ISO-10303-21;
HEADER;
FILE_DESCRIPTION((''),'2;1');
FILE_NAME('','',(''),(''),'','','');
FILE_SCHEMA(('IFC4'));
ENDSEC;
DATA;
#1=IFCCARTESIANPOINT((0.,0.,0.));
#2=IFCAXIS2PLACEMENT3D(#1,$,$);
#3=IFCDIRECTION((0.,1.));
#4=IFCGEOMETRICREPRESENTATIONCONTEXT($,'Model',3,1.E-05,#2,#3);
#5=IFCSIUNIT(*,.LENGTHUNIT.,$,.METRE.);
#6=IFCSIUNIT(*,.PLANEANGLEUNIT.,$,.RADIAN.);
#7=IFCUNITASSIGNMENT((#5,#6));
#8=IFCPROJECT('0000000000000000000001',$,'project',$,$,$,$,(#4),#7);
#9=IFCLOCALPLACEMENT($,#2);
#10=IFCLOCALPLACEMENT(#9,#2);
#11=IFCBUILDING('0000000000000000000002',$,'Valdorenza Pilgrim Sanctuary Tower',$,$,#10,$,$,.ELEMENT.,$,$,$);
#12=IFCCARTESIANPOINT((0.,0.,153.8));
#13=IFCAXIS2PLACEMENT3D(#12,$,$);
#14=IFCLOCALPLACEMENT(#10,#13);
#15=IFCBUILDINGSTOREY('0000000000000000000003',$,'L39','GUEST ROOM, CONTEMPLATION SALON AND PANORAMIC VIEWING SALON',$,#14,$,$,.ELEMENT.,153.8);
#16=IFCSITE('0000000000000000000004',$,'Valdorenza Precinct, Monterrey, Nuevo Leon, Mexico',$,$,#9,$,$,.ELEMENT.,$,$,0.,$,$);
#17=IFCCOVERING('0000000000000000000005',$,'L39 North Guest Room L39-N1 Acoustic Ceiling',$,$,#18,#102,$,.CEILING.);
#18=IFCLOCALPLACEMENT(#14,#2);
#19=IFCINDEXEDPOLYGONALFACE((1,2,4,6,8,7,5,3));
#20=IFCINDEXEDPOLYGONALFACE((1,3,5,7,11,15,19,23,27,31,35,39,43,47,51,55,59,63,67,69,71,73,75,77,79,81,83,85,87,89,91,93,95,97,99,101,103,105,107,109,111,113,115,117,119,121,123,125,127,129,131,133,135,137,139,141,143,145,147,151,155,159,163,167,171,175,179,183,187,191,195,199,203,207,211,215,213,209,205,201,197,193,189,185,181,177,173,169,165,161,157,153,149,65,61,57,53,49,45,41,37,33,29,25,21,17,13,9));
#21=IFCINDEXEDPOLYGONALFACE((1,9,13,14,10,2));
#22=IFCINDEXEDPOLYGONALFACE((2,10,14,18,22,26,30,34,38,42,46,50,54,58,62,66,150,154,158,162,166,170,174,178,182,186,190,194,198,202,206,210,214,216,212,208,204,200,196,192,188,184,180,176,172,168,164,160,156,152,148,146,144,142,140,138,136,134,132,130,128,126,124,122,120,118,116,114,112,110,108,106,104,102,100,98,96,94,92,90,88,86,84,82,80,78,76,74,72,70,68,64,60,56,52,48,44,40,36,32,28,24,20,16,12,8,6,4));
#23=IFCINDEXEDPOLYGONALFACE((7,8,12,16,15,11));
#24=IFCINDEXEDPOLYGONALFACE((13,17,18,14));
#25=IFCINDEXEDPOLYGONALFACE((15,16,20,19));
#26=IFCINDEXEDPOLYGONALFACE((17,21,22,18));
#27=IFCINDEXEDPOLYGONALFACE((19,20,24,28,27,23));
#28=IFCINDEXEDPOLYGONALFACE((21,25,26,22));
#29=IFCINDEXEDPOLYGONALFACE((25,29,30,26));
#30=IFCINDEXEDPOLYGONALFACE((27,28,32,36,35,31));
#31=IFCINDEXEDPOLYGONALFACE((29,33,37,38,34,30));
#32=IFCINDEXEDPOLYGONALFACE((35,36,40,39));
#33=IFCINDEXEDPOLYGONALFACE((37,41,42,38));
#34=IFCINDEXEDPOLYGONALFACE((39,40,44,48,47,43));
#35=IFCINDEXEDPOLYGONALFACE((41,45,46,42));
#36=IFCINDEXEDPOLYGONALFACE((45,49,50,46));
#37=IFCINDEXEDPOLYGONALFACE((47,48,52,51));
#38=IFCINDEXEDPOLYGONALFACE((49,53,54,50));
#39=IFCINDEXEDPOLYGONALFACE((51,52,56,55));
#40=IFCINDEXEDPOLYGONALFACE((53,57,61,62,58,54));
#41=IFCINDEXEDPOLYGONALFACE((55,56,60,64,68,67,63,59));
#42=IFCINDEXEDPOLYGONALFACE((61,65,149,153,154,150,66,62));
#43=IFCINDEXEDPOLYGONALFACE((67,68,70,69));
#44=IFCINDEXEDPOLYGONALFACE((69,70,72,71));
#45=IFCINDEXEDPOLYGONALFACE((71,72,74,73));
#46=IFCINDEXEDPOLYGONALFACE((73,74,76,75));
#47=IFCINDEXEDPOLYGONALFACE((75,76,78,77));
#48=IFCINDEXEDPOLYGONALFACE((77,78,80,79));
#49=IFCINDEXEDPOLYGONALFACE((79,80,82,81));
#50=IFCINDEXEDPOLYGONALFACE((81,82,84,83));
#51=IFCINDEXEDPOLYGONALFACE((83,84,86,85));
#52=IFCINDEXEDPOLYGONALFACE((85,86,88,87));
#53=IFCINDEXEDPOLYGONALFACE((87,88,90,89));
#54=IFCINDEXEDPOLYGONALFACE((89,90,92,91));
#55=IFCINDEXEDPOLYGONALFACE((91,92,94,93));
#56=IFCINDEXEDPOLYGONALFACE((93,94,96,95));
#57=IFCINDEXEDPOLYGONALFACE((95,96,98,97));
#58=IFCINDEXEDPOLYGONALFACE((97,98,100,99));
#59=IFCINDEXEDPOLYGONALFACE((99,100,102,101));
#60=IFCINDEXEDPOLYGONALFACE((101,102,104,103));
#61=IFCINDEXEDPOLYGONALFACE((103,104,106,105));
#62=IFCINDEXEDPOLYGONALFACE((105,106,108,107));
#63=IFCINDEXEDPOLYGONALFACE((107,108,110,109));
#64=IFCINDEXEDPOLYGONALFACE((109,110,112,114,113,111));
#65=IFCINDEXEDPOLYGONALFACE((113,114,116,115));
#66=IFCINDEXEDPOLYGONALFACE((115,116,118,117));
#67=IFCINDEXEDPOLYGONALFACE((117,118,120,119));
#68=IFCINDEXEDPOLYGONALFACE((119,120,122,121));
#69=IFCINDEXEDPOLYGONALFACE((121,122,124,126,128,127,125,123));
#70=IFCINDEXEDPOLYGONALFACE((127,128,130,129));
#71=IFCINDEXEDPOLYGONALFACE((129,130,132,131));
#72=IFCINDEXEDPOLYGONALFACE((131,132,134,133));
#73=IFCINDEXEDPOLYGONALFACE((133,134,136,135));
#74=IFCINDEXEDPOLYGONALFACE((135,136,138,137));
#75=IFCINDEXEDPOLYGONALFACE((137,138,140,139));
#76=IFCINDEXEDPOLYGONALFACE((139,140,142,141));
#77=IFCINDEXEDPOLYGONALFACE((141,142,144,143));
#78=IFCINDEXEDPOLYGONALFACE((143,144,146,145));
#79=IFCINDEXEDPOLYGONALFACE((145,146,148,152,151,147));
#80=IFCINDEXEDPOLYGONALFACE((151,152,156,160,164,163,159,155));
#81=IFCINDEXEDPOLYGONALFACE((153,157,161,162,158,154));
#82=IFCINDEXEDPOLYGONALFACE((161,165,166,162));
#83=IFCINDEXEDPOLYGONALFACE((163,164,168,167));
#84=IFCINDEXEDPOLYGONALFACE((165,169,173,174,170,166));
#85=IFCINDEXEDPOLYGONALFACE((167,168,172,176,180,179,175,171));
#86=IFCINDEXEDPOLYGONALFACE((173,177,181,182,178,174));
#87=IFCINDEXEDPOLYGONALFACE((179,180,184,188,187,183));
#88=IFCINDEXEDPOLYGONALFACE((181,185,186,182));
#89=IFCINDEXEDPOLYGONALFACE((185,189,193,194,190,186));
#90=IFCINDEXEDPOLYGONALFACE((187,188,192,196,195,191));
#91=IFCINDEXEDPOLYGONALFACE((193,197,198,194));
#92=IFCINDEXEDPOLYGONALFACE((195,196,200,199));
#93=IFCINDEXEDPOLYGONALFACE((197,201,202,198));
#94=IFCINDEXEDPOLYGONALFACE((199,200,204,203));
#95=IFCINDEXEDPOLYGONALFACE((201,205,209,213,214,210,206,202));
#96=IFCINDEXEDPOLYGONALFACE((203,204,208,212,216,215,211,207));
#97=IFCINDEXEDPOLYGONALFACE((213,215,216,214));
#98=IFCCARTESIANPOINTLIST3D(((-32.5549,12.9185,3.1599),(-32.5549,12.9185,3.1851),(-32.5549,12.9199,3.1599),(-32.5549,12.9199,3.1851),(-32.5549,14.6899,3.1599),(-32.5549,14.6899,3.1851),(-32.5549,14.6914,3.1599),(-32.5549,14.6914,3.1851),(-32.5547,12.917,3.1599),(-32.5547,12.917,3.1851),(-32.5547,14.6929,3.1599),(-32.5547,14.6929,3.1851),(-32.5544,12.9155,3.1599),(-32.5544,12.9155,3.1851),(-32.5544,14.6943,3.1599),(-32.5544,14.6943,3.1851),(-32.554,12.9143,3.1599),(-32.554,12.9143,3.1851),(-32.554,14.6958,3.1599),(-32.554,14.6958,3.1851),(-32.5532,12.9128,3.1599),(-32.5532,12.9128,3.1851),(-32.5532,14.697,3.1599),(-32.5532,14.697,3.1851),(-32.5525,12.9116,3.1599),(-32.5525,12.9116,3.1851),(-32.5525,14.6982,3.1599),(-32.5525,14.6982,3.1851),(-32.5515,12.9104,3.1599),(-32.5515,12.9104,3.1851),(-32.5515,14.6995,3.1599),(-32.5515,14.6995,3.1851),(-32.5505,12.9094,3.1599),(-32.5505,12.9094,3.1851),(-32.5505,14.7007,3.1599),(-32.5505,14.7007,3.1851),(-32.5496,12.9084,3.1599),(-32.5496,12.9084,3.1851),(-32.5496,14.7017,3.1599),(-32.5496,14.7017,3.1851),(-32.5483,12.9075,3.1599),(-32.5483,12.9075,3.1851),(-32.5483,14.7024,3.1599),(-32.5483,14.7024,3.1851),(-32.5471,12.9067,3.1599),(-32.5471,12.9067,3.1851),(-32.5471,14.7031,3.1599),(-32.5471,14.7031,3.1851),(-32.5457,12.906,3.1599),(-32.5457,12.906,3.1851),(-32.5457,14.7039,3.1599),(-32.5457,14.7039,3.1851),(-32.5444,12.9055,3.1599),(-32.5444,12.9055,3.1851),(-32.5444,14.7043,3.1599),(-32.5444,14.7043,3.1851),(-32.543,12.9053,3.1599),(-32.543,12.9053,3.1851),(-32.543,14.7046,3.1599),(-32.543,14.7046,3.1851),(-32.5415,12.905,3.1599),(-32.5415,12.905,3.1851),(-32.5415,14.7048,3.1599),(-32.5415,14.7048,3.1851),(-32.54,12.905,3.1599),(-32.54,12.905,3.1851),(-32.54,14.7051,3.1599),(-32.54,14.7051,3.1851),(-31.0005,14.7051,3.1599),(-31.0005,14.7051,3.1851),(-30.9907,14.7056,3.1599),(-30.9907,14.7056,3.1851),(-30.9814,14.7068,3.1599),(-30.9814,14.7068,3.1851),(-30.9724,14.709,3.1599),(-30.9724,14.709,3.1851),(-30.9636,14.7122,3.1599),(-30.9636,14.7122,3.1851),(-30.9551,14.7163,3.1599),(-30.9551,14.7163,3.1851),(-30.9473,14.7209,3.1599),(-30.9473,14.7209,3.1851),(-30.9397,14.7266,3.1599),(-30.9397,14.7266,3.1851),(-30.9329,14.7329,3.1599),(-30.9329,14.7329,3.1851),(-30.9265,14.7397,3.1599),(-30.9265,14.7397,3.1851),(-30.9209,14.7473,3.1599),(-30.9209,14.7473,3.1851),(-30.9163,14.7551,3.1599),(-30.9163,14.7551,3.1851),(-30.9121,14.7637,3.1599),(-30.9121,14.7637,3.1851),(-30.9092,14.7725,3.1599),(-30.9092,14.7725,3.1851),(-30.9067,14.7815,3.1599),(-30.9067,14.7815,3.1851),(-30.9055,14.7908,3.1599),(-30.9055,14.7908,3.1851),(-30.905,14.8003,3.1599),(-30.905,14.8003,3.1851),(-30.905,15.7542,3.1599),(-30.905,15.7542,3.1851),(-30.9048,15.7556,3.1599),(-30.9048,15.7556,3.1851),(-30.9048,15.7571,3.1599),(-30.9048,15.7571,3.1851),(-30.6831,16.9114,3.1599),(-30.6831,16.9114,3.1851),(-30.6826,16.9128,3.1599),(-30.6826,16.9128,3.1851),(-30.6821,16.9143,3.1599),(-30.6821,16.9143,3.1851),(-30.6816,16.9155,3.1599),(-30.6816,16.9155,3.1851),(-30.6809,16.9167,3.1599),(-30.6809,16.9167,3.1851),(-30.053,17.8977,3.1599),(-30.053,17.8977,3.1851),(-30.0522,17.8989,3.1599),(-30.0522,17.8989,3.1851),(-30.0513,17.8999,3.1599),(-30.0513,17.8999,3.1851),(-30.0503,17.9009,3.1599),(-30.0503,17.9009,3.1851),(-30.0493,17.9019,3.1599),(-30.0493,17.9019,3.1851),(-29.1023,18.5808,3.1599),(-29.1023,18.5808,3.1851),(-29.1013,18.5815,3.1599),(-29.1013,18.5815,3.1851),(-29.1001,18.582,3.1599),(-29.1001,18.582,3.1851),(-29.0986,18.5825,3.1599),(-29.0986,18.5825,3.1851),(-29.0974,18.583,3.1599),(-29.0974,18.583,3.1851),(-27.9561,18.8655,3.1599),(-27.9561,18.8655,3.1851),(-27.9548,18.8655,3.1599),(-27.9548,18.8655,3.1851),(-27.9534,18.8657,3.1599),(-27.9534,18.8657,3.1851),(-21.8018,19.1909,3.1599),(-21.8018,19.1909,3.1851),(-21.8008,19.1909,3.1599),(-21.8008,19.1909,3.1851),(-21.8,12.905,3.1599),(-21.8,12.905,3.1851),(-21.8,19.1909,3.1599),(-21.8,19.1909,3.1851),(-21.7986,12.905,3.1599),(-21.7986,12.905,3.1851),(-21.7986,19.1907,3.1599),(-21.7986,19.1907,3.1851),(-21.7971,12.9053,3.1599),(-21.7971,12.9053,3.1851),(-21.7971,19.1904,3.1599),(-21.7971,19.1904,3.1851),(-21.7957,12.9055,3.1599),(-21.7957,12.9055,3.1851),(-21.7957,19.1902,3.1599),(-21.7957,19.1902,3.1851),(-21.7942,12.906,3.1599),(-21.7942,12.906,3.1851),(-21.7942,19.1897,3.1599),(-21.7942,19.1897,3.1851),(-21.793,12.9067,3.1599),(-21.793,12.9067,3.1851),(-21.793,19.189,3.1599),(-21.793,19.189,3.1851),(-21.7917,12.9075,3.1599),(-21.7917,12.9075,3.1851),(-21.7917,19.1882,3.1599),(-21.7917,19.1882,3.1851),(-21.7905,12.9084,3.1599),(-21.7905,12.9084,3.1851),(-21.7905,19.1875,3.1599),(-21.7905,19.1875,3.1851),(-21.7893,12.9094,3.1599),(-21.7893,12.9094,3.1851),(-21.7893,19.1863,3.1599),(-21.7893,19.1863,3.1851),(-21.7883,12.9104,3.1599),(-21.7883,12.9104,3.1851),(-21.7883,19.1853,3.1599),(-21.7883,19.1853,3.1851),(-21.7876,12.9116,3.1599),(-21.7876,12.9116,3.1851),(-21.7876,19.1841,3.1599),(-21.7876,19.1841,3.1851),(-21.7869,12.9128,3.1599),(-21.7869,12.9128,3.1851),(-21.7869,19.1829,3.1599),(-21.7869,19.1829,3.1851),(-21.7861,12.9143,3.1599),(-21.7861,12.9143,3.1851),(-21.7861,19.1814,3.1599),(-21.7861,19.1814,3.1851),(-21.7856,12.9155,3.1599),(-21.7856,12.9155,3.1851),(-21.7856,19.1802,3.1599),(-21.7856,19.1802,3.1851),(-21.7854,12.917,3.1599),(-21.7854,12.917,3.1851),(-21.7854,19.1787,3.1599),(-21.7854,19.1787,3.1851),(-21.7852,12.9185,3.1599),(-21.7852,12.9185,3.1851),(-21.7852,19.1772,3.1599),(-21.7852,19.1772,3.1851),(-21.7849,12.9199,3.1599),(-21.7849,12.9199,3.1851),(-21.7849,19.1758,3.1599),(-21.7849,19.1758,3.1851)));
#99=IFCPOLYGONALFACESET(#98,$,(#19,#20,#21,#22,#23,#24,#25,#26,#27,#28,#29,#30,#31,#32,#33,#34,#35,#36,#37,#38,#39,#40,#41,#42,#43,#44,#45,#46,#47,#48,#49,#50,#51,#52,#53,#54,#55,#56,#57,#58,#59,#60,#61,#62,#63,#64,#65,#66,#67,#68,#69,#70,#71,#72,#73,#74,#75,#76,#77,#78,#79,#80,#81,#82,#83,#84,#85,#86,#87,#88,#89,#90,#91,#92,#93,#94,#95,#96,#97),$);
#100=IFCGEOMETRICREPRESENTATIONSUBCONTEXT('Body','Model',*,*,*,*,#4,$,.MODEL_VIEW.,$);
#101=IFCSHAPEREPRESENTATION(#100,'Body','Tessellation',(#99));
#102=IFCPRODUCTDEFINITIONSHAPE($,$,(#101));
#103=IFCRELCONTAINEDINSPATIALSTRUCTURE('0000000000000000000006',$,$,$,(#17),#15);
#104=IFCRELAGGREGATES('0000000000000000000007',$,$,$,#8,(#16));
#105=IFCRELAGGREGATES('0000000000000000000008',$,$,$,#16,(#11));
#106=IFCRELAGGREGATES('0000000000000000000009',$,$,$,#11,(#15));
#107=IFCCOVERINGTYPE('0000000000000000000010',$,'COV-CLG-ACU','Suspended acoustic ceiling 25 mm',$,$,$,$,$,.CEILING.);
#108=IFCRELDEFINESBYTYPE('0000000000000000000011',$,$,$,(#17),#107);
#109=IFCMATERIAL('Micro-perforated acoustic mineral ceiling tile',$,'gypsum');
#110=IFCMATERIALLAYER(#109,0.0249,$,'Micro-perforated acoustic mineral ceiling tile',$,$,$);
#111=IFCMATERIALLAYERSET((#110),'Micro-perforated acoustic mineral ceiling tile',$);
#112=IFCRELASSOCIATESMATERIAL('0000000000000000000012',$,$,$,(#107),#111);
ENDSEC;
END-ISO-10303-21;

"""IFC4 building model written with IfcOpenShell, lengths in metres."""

from ifc_helpers import new_model, si_unit, direction, frame, origin, place, context, subcontext, project, spatial, polyline, outline, extrude, material, layer, layer_set, type_object, element, save


model = new_model("IFC4")

# Units and contexts
model_context = context("Model", 3, precision=1e-05, world=origin(), true_north=direction((0.0, 1.0)))
body_context = subcontext(model_context, "Body", "Model", "MODEL_VIEW")
ifc_project = project(units=[si_unit("LENGTHUNIT", "METRE"), si_unit("PLANEANGLEUNIT", "RADIAN")], contexts=[model_context])

# Site, building, storey
site_placement = place(None, origin())
site = spatial("IfcSite", under=ifc_project, at=site_placement, Name="Valdorenza Precinct, Monterrey, Nuevo Leon, Mexico", CompositionType="ELEMENT", RefElevation=0.0)
building_placement = place(site_placement, origin())
building = spatial("IfcBuilding", under=site, at=building_placement, Name="Valdorenza Pilgrim Sanctuary Tower", CompositionType="ELEMENT")
storey_placement = place(building_placement, frame((0.0, 0.0, 153.8)))
storey = spatial("IfcBuildingStorey", under=building, at=storey_placement, Name="L39", Description="GUEST ROOM, CONTEMPLATION SALON AND PANORAMIC VIEWING SALON", CompositionType="ELEMENT", Elevation=153.8)

# Covering
ifc_material_1 = material(Name="Micro-perforated acoustic mineral ceiling tile", Category="gypsum")
ifc_layer_1 = layer(ifc_material_1, 0.0249, Name="Micro-perforated acoustic mineral ceiling tile")
ifc_layer_set_1 = layer_set([ifc_layer_1], Name="Micro-perforated acoustic mineral ceiling tile")
covering_type_1 = type_object("IfcCoveringType", Name="COV-CLG-ACU", Description="Suspended acoustic ceiling 25 mm", PredefinedType="CEILING", material=ifc_layer_set_1)
covering_1_placement = place(storey_placement, frame((0.0, 0.0, 3.1599)))
element("IfcCovering", 1, at=covering_1_placement, inside=storey, type_object=covering_type_1, Name="L39 North Guest Room L39-N1 Acoustic Ceiling", PredefinedType="CEILING", context=body_context, shape_type="SweptSolid", body=[
    extrude(outline(polyline([(-31.0005, 14.7051), (-30.9907, 14.7056), (-30.9814, 14.7068), (-30.9724, 14.709), (-30.9636, 14.7122), (-30.9551, 14.7163), (-30.9473, 14.7209), (-30.9397, 14.7266), (-30.9329, 14.7329), (-30.9265, 14.7397), (-30.9209, 14.7473), (-30.9163, 14.7551), (-30.9121, 14.7637), (-30.9092, 14.7725), (-30.9067, 14.7815), (-30.9055, 14.7908), (-30.905, 14.8003), (-30.905, 15.7542), (-30.9048, 15.7556), (-30.9048, 15.7571), (-30.6831, 16.9114), (-30.6826, 16.9128), (-30.6821, 16.9143), (-30.6816, 16.9155), (-30.6809, 16.9167), (-30.053, 17.8977), (-30.0522, 17.8989), (-30.0513, 17.8999), (-30.0503, 17.9009), (-30.0493, 17.9019), (-29.1023, 18.5808), (-29.1013, 18.5815), (-29.1001, 18.582), (-29.0986, 18.5825), (-29.0974, 18.583), (-27.9561, 18.8655), (-27.9548, 18.8655), (-27.9534, 18.8657), (-21.8018, 19.1909), (-21.8008, 19.1909), (-21.8, 19.1909), (-21.7986, 19.1907), (-21.7971, 19.1904), (-21.7957, 19.1902), (-21.7942, 19.1897), (-21.793, 19.189), (-21.7917, 19.1882), (-21.7905, 19.1875), (-21.7893, 19.1863), (-21.7883, 19.1853), (-21.7876, 19.1841), (-21.7869, 19.1829), (-21.7861, 19.1814), (-21.7856, 19.1802), (-21.7854, 19.1787), (-21.7852, 19.1772), (-21.7849, 19.1758), (-21.7849, 12.9199), (-21.7852, 12.9185), (-21.7854, 12.917), (-21.7856, 12.9155), (-21.7861, 12.9143), (-21.7869, 12.9128), (-21.7876, 12.9116), (-21.7883, 12.9104), (-21.7893, 12.9094), (-21.7905, 12.9084), (-21.7917, 12.9075), (-21.793, 12.9067), (-21.7942, 12.906), (-21.7957, 12.9055), (-21.7971, 12.9053), (-21.7986, 12.905), (-21.8, 12.905), (-32.54, 12.905), (-32.5415, 12.905), (-32.543, 12.9053), (-32.5444, 12.9055), (-32.5457, 12.906), (-32.5471, 12.9067), (-32.5483, 12.9075), (-32.5496, 12.9084), (-32.5505, 12.9094), (-32.5515, 12.9104), (-32.5525, 12.9116), (-32.5532, 12.9128), (-32.554, 12.9143), (-32.5544, 12.9155), (-32.5547, 12.917), (-32.5549, 12.9185), (-32.5549, 12.9199), (-32.5549, 14.6899), (-32.5549, 14.6914), (-32.5547, 14.6929), (-32.5544, 14.6943), (-32.554, 14.6958), (-32.5532, 14.697), (-32.5525, 14.6982), (-32.5515, 14.6995), (-32.5505, 14.7007), (-32.5496, 14.7017), (-32.5483, 14.7024), (-32.5471, 14.7031), (-32.5457, 14.7039), (-32.5444, 14.7043), (-32.543, 14.7046), (-32.5415, 14.7048), (-32.54, 14.7051), (-31.0005, 14.7051)])), origin(), (0.0, 0.0, 1.0), 0.0251),
])

save(model, "model.ifc")
